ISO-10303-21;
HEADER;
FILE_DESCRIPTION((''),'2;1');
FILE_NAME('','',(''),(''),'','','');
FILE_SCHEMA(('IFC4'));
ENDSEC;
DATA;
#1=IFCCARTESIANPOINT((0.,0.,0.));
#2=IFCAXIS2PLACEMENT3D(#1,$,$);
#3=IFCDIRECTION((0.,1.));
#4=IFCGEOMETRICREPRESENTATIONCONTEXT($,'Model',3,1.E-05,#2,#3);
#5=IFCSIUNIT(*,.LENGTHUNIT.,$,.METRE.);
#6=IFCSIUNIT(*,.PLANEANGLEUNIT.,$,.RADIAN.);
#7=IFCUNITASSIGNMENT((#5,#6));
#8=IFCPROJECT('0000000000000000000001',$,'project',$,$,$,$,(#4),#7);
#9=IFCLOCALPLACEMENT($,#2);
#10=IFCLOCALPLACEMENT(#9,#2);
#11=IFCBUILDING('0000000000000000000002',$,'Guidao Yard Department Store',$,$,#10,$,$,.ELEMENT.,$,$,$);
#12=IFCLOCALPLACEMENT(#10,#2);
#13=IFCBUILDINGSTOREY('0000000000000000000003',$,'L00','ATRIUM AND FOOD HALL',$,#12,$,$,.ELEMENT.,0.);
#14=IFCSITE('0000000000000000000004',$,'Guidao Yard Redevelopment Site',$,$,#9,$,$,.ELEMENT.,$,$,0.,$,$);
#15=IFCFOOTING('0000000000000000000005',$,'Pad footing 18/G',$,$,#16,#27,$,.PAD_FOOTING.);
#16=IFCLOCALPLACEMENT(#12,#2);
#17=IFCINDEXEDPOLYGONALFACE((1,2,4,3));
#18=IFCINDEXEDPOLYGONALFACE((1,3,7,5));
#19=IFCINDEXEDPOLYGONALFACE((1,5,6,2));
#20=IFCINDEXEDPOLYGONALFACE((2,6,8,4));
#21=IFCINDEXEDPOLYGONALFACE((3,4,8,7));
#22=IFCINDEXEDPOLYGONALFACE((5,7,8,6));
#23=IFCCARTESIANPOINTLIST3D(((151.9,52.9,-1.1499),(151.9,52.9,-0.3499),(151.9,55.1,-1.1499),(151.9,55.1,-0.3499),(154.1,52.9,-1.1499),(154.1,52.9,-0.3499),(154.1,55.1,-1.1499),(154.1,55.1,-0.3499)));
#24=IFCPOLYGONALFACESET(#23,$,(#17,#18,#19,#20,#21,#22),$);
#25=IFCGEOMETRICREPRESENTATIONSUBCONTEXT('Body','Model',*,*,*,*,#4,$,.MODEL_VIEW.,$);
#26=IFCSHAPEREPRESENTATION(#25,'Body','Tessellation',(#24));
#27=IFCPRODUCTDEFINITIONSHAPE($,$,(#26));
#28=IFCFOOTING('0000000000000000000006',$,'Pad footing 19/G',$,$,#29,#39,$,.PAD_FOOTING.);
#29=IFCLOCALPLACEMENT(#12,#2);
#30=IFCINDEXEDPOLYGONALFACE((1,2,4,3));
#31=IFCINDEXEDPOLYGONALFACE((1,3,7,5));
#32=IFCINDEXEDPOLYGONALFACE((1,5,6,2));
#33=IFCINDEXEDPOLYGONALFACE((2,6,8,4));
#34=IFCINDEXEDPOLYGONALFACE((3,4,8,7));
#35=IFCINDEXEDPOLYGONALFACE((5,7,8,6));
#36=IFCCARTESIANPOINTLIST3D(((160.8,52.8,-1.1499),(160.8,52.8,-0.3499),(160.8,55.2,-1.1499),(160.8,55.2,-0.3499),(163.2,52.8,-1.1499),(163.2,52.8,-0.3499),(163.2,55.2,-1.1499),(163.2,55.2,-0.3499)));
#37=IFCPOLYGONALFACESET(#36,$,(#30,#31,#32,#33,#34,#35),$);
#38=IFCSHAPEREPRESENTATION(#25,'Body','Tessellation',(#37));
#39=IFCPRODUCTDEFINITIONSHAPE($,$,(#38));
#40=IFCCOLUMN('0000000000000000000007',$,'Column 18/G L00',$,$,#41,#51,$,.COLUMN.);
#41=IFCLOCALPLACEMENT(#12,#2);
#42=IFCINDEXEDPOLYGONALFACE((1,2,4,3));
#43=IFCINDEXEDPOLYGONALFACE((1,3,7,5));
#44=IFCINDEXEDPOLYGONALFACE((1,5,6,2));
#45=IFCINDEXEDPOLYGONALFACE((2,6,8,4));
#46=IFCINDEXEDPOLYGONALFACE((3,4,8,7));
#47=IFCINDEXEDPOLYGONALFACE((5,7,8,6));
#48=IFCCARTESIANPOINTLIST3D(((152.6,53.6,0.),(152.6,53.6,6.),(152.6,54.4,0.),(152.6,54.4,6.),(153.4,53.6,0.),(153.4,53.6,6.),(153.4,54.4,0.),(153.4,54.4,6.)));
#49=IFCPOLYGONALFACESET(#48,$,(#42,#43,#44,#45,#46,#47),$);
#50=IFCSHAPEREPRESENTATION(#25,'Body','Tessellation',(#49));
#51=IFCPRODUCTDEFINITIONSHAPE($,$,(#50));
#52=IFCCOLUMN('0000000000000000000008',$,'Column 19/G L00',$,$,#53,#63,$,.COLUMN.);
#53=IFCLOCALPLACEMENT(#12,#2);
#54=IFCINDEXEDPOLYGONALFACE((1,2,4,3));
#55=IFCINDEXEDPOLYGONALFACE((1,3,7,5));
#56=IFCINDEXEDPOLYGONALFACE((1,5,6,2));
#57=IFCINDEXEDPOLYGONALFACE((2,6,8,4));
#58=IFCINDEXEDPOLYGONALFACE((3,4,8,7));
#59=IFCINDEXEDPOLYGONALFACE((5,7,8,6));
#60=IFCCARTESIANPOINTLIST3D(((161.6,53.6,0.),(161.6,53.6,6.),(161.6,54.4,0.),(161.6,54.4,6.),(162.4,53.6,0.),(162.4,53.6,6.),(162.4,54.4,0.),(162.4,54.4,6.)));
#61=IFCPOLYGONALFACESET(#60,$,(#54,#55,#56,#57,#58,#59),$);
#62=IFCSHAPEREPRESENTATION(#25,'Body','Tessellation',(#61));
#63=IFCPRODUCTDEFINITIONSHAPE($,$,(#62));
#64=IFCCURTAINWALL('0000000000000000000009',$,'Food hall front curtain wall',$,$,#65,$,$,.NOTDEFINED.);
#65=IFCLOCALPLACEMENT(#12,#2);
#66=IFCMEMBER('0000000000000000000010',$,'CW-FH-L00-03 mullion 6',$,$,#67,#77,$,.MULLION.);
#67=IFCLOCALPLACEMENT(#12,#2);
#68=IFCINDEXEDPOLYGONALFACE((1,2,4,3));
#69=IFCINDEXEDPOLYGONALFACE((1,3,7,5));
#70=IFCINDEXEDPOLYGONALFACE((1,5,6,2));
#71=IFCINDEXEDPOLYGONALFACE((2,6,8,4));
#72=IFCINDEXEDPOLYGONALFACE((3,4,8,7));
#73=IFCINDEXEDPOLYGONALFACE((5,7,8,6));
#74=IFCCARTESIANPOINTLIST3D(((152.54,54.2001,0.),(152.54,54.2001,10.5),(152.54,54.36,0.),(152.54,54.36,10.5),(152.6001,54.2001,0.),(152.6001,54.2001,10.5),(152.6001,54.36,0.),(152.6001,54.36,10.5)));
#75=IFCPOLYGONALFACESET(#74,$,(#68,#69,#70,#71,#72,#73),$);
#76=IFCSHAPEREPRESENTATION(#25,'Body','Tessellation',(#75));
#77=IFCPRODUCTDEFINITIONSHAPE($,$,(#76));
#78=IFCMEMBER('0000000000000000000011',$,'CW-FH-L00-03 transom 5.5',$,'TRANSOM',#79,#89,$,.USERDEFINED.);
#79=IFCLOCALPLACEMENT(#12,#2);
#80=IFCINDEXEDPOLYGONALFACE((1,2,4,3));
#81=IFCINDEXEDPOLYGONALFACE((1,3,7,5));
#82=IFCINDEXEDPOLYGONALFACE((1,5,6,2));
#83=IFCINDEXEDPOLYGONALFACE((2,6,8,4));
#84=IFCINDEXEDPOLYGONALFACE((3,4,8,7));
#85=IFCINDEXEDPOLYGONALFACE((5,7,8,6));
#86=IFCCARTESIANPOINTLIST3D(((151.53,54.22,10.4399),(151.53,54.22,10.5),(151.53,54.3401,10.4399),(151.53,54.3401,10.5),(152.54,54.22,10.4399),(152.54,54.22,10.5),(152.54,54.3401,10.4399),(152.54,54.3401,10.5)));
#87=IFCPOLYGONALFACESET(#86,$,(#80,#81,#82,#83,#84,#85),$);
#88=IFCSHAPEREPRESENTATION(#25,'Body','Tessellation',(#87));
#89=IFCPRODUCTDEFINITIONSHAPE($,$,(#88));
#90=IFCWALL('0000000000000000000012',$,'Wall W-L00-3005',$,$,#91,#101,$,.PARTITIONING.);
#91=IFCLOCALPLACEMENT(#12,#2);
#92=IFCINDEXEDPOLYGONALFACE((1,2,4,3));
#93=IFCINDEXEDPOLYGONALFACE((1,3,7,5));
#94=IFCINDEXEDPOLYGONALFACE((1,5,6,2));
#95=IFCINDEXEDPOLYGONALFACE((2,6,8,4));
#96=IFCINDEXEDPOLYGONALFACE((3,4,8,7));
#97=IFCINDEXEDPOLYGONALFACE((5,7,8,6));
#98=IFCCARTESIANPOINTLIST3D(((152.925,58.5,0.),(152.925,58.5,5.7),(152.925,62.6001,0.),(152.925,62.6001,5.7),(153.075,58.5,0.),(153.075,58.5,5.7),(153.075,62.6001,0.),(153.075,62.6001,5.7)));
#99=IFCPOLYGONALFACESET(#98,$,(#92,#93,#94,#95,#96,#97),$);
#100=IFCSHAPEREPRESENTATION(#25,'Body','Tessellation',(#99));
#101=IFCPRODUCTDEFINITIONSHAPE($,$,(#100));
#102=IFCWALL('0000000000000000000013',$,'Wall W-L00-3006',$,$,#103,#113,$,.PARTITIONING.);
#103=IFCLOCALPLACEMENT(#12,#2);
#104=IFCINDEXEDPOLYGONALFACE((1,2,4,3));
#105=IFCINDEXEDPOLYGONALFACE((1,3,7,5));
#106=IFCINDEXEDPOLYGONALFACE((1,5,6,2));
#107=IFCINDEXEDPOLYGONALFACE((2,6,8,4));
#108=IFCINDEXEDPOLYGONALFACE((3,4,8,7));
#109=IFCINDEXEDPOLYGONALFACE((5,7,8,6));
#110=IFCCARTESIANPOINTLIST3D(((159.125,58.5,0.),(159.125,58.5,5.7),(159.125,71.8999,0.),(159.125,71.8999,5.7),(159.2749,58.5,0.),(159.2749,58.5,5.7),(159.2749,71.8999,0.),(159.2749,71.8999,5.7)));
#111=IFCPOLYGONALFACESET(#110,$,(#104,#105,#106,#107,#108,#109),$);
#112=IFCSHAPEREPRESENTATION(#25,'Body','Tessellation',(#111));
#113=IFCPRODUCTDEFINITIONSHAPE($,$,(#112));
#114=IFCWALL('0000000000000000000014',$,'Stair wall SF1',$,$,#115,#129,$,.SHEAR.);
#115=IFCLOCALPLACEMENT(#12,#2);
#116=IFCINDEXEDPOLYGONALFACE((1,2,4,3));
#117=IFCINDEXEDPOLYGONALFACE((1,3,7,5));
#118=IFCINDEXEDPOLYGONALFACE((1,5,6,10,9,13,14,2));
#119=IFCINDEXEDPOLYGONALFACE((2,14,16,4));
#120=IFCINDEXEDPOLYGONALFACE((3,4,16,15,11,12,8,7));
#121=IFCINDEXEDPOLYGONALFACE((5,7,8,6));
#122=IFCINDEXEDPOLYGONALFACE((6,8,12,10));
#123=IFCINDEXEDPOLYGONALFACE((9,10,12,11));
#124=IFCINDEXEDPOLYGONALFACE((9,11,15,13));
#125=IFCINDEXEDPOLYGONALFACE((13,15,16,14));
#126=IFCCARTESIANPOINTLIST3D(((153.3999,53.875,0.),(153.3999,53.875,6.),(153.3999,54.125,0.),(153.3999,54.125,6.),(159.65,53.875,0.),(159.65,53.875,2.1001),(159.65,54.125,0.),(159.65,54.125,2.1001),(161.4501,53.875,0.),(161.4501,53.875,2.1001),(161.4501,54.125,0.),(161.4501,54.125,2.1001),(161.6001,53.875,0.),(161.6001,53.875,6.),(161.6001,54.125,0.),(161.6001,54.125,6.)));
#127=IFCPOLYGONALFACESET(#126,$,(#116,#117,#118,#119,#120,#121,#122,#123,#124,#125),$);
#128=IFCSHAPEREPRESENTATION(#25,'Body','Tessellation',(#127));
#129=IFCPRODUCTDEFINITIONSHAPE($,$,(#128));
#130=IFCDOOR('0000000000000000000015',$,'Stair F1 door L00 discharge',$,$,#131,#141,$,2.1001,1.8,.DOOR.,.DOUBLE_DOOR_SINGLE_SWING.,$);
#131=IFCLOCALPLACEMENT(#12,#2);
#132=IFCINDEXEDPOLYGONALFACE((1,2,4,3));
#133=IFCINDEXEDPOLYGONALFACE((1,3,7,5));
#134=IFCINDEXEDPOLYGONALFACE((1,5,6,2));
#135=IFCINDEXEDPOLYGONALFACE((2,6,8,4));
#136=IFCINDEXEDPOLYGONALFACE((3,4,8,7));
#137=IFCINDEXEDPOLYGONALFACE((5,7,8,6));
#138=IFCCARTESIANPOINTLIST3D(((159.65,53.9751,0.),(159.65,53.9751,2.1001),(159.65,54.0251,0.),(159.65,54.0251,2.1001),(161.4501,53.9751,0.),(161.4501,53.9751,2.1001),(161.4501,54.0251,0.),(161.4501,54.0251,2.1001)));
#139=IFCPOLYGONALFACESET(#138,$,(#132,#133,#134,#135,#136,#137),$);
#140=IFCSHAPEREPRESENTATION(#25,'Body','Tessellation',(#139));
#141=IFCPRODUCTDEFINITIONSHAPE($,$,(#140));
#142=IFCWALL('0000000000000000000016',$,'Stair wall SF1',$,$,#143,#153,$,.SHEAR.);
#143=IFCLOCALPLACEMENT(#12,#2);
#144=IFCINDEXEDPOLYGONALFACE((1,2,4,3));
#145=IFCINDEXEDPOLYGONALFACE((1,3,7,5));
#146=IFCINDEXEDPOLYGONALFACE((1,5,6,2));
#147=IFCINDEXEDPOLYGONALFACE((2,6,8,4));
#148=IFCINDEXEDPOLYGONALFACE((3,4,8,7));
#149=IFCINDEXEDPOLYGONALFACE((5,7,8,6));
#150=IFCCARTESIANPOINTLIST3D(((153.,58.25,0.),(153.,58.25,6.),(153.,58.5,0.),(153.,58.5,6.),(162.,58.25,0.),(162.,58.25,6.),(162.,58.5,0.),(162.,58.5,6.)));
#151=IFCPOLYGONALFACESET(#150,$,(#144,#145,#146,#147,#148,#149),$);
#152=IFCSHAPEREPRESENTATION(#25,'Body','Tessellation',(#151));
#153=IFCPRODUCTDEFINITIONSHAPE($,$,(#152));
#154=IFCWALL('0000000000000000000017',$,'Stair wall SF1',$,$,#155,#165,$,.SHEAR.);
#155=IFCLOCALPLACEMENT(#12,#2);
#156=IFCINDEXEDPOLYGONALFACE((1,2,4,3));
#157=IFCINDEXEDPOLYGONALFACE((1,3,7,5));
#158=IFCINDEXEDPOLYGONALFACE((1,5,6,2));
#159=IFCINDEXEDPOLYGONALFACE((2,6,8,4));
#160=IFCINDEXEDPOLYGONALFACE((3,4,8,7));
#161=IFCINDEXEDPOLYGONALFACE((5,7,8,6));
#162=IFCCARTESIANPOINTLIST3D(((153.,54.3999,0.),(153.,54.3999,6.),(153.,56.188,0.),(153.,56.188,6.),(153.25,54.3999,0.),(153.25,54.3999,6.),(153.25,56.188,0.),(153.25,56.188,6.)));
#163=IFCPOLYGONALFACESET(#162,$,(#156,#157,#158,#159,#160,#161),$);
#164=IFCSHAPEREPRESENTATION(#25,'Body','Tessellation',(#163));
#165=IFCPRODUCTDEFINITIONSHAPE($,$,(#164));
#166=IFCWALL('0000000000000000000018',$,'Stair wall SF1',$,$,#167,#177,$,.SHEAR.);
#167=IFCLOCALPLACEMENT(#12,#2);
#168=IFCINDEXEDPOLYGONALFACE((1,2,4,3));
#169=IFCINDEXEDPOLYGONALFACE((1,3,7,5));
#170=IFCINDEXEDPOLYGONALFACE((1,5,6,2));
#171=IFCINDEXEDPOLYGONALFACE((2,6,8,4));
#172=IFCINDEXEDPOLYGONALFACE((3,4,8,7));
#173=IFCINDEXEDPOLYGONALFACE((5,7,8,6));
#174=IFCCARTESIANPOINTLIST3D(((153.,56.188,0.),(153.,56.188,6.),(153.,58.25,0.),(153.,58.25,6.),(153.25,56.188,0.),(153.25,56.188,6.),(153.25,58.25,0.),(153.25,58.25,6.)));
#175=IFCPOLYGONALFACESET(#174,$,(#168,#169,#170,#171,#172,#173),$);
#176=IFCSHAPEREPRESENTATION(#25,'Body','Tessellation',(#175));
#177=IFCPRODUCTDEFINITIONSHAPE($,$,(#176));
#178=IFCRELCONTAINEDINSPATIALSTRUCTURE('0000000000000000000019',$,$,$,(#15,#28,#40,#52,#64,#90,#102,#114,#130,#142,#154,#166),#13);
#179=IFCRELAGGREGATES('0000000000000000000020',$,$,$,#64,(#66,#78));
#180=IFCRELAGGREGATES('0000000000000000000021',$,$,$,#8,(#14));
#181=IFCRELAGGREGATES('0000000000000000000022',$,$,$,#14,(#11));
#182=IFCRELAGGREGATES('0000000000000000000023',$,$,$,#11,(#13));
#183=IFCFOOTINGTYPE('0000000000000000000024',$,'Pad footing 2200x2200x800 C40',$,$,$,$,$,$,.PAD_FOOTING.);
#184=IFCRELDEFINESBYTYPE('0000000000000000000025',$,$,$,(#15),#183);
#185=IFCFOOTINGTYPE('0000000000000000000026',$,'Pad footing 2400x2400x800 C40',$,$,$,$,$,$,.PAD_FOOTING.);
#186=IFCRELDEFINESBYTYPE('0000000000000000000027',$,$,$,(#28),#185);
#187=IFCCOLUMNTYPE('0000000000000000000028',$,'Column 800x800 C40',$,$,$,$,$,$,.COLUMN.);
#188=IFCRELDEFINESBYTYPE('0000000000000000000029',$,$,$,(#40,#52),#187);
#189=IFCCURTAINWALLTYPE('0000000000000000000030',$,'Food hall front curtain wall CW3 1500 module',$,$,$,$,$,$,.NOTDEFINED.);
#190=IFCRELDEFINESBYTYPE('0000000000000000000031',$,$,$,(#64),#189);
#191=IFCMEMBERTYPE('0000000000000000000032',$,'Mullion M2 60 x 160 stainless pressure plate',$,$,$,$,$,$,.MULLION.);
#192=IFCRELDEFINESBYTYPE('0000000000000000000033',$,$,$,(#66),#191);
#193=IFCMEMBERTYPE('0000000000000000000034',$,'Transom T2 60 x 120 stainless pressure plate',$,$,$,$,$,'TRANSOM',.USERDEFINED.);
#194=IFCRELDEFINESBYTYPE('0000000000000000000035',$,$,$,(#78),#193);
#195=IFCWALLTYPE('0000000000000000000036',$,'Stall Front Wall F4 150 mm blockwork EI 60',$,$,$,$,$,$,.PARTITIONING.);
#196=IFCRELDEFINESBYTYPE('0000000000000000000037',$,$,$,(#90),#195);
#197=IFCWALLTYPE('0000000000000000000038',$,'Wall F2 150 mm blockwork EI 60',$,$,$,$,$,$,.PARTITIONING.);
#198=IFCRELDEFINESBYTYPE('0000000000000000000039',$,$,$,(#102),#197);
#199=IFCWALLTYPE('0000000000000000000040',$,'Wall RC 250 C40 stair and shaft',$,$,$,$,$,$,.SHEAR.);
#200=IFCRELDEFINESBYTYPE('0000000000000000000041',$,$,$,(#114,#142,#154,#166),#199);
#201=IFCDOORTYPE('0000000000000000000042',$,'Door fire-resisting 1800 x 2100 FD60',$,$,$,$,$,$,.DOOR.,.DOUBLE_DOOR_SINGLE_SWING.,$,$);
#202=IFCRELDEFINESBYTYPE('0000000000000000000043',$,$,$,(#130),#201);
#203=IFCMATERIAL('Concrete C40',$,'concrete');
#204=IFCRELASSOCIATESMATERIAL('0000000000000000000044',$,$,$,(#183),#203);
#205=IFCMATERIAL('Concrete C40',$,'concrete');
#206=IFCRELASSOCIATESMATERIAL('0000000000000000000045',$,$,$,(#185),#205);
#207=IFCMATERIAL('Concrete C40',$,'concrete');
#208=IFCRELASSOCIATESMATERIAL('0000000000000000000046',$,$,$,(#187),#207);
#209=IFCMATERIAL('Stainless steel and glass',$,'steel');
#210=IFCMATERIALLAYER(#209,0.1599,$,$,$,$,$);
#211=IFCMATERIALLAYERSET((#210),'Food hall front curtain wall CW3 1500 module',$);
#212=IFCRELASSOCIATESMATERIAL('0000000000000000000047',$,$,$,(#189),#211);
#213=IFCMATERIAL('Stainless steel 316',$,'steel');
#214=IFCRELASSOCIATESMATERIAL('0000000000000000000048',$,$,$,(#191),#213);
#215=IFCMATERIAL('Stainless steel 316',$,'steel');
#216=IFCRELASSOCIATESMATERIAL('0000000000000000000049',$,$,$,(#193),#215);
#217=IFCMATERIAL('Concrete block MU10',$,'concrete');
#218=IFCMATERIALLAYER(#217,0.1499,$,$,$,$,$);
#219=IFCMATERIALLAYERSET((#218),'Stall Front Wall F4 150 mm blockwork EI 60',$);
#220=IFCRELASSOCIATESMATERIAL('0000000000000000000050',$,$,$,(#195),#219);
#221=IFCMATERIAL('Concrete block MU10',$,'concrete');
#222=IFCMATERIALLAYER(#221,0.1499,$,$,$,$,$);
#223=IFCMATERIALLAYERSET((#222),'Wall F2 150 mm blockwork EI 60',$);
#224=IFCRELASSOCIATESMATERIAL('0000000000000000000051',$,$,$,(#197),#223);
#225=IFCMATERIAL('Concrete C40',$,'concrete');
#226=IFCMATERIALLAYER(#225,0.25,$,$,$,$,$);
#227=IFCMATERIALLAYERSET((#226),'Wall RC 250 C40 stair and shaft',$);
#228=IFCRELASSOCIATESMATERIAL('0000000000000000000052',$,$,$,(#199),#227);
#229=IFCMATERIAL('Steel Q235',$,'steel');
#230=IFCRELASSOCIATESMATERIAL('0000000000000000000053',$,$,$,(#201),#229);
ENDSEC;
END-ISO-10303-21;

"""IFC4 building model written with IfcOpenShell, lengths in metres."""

from ifc_helpers import new_model, si_unit, direction, frame, frame_2d, origin, origin_2d, place, context, subcontext, project, spatial, rectangle, extrude, material, layer, layer_set, material_profile, profile_set, type_object, element, fill, aggregate, save


model = new_model("IFC4")

# Units and contexts
model_context = context("Model", 3, precision=1e-05, world=origin(), true_north=direction((0.0, 1.0)))
body_context = subcontext(model_context, "Body", "Model", "MODEL_VIEW")
ifc_project = project(units=[si_unit("LENGTHUNIT", "METRE"), si_unit("PLANEANGLEUNIT", "RADIAN")], contexts=[model_context])

# Site, building, storey
site_placement = place(None, origin())
site = spatial("IfcSite", under=ifc_project, at=site_placement, Name="Guidao Yard Redevelopment Site", CompositionType="ELEMENT", RefElevation=0.0)
building_placement = place(site_placement, origin())
building = spatial("IfcBuilding", under=site, at=building_placement, Name="Guidao Yard Department Store", CompositionType="ELEMENT")
storey_placement = place(building_placement, origin())
storey = spatial("IfcBuildingStorey", under=building, at=storey_placement, Name="L00", Description="ATRIUM AND FOOD HALL", CompositionType="ELEMENT", Elevation=0.0)

# Footings
ifc_material_1 = material(Name="Concrete C40", Category="concrete")
footing_type_1 = type_object("IfcFootingType", Name="Pad footing 2200x2200x800 C40", PredefinedType="PAD_FOOTING", material=ifc_material_1)
footing_1_placement = place(storey_placement, frame((153.0, 54.0, -1.1499), z_axis=(0.0, 0.0, 1.0), x_axis=(1.0, 0.0, 0.0)))
element("IfcFooting", 1, at=footing_1_placement, inside=storey, type_object=footing_type_1, Name="Pad footing 18/G", PredefinedType="PAD_FOOTING", context=body_context, shape_type="SweptSolid", body=[
    extrude(rectangle(XDim=2.2, YDim=2.2, at=origin_2d()), origin(), (0.0, 0.0, 1.0), 0.8),
])
ifc_material_2 = material(Name="Concrete C40", Category="concrete")
footing_type_2 = type_object("IfcFootingType", Name="Pad footing 2400x2400x800 C40", PredefinedType="PAD_FOOTING", material=ifc_material_2)
footing_2_placement = place(storey_placement, frame((162.0, 54.0, -1.1499), z_axis=(0.0, 0.0, 1.0), x_axis=(1.0, 0.0, 0.0)))
element("IfcFooting", 2, at=footing_2_placement, inside=storey, type_object=footing_type_2, Name="Pad footing 19/G", PredefinedType="PAD_FOOTING", context=body_context, shape_type="SweptSolid", body=[
    extrude(rectangle(XDim=2.3999, YDim=2.3999, at=origin_2d()), origin(), (0.0, 0.0, 1.0), 0.8),
])

# Columns
ifc_material_3 = material(Name="Concrete C40", Category="concrete")
ifc_material_profile_1 = material_profile(ifc_material_3, rectangle(XDim=0.8, YDim=0.8, at=origin_2d()), Name="COL 800x800")
ifc_profile_set_1 = profile_set([ifc_material_profile_1], Name="Concrete C40")
column_type = type_object("IfcColumnType", Name="Column 800x800 C40", PredefinedType="COLUMN", material=ifc_profile_set_1)
for number, where, z_axis, x_axis, name in (
    (3, (153.0, 54.0, 0.0), (0.0, 0.0, 1.0), (1.0, 0.0, 0.0), "Column 18/G L00"),
    (4, (162.0, 54.0, 0.0), (0.0, 0.0, 1.0), (1.0, 0.0, 0.0), "Column 19/G L00"),
):
    element("IfcColumn", number, at=place(storey_placement, frame(where, z_axis=z_axis, x_axis=x_axis)), inside=storey, type_object=column_type, Name=name, PredefinedType="COLUMN", context=body_context, shape_type="SweptSolid", body=[
        extrude(rectangle(XDim=0.8, YDim=0.8, at=origin_2d()), origin(), (0.0, 0.0, 1.0), 6.0),
    ])

# Curtain wall, members
ifc_material_4 = material(Name="Stainless steel and glass", Category="steel")
ifc_layer_1 = layer(ifc_material_4, 0.1599)
ifc_layer_set_1 = layer_set([ifc_layer_1], Name="Food hall front curtain wall CW3 1500 module")
curtain_wall_type = type_object("IfcCurtainWallType", Name="Food hall front curtain wall CW3 1500 module", PredefinedType="NOTDEFINED", material=ifc_layer_set_1)
curtain_wall_placement = place(storey_placement, origin())
curtain_wall = element("IfcCurtainWall", 5, at=curtain_wall_placement, inside=storey, type_object=curtain_wall_type, Name="Food hall front curtain wall", PredefinedType="NOTDEFINED")
ifc_material_5 = material(Name="Stainless steel 316", Category="steel")
ifc_material_profile_2 = material_profile(ifc_material_5, rectangle(XDim=0.0601, YDim=0.1599, at=origin_2d()), Name="Mullion M2 60 x 160 stainless pressure plate")
ifc_profile_set_2 = profile_set([ifc_material_profile_2], Name="Stainless steel 316")
member_type_1 = type_object("IfcMemberType", Name="Mullion M2 60 x 160 stainless pressure plate", PredefinedType="MULLION", material=ifc_profile_set_2)
member_1_placement = place(storey_placement, frame((152.5701, 54.28, 0.0), z_axis=(0.0, 0.0, 1.0), x_axis=(-1.0, 0.0, 0.0)))
member_1 = element("IfcMember", 6, at=member_1_placement, type_object=member_type_1, Name="CW-FH-L00-03 mullion 6", PredefinedType="MULLION", context=body_context, shape_type="SweptSolid", body=[
    extrude(rectangle(XDim=0.0601, YDim=0.1599, at=origin_2d()), origin(), (0.0, 0.0, 1.0), 10.5),
])
ifc_material_6 = material(Name="Stainless steel 316", Category="steel")
ifc_material_profile_3 = material_profile(ifc_material_6, rectangle(XDim=0.1201, YDim=0.0601, at=origin_2d()), Name="Transom T2 60 x 120 stainless pressure plate")
ifc_profile_set_3 = profile_set([ifc_material_profile_3], Name="Stainless steel 316")
member_type_2 = type_object("IfcMemberType", Name="Transom T2 60 x 120 stainless pressure plate", ElementType="TRANSOM", PredefinedType="USERDEFINED", material=ifc_profile_set_3)
member_2_placement = place(storey_placement, frame((152.54, 54.28, 10.47), z_axis=(-1.0, 0.0, 0.0), x_axis=(0.0, -1.0, 0.0)))
member_2 = element("IfcMember", 7, at=member_2_placement, type_object=member_type_2, Name="CW-FH-L00-03 transom 5.5", ObjectType="TRANSOM", PredefinedType="USERDEFINED", context=body_context, shape_type="SweptSolid", body=[
    extrude(rectangle(XDim=0.1201, YDim=0.0601, at=origin_2d()), origin(), (0.0, 0.0, 1.0), 1.01),
])
aggregate(curtain_wall, [member_1, member_2])

# Walls
ifc_material_7 = material(Name="Concrete block MU10", Category="concrete")
ifc_layer_2 = layer(ifc_material_7, 0.1499)
ifc_layer_set_2 = layer_set([ifc_layer_2], Name="Stall Front Wall F4 150 mm blockwork EI 60")
wall_type_1 = type_object("IfcWallType", Name="Stall Front Wall F4 150 mm blockwork EI 60", PredefinedType="PARTITIONING", material=ifc_layer_set_2)
wall_1_placement = place(storey_placement, frame((153.0, 58.5, 0.0), z_axis=(0.0, 0.0, 1.0), x_axis=(0.0, 1.0, 0.0)))
element("IfcWall", 8, at=wall_1_placement, inside=storey, type_object=wall_type_1, Name="Wall W-L00-3005", PredefinedType="PARTITIONING", context=body_context, shape_type="SweptSolid", body=[
    extrude(rectangle(XDim=4.1001, YDim=0.1499, at=frame_2d((2.05, 0.0))), origin(), (0.0, 0.0, 1.0), 5.7),
])
ifc_material_8 = material(Name="Concrete block MU10", Category="concrete")
ifc_layer_3 = layer(ifc_material_8, 0.1499)
ifc_layer_set_3 = layer_set([ifc_layer_3], Name="Wall F2 150 mm blockwork EI 60")
wall_type_2 = type_object("IfcWallType", Name="Wall F2 150 mm blockwork EI 60", PredefinedType="PARTITIONING", material=ifc_layer_set_3)
wall_2_placement = place(storey_placement, frame((159.2, 58.5, 0.0), z_axis=(0.0, 0.0, 1.0), x_axis=(0.0, 1.0, 0.0)))
element("IfcWall", 9, at=wall_2_placement, inside=storey, type_object=wall_type_2, Name="Wall W-L00-3006", PredefinedType="PARTITIONING", context=body_context, shape_type="SweptSolid", body=[
    extrude(rectangle(XDim=13.3999, YDim=0.1499, at=frame_2d((6.7, 0.0))), origin(), (0.0, 0.0, 1.0), 5.7),
])

# Wall, opening, door
ifc_material_9 = material(Name="Concrete C40", Category="concrete")
ifc_layer_4 = layer(ifc_material_9, 0.25)
ifc_layer_set_4 = layer_set([ifc_layer_4], Name="Wall RC 250 C40 stair and shaft")
wall_type_3 = type_object("IfcWallType", Name="Wall RC 250 C40 stair and shaft", PredefinedType="SHEAR", material=ifc_layer_set_4)
wall_3_placement = place(storey_placement, frame((153.3999, 54.0, 0.0), z_axis=(0.0, 0.0, 1.0), x_axis=(1.0, 0.0, 0.0)))
wall_3 = element("IfcWall", 10, at=wall_3_placement, inside=storey, type_object=wall_type_3, Name="Stair wall SF1", PredefinedType="SHEAR", context=body_context, shape_type="SweptSolid", body=[
    extrude(rectangle(XDim=8.2002, YDim=0.25, at=frame_2d((4.1001, 0.0))), origin(), (0.0, 0.0, 1.0), 6.0),
])
opening_1_placement = place(wall_3_placement, frame((8.05, 0.0, 0.0), z_axis=(0.0, 0.0, 1.0), x_axis=(-1.0, 0.0, 0.0)))
opening_1 = element("IfcOpeningElement", 11, at=opening_1_placement, cuts=wall_3, PredefinedType="OPENING", context=body_context, shape_type="SweptSolid", body=[
    extrude(rectangle(XDim=1.8, YDim=2.1001, at=frame_2d((0.8999, 1.05))), frame((0.0, 0.135, 0.0), z_axis=(0.0, -1.0, 0.0), x_axis=(1.0, 0.0, 0.0)), (0.0, 0.0, 1.0), 0.27),
])
ifc_material_10 = material(Name="Steel Q235", Category="steel")
door_type = type_object("IfcDoorType", Name="Door fire-resisting 1800 x 2100 FD60", OperationType="DOUBLE_DOOR_SINGLE_SWING", PredefinedType="DOOR", material=ifc_material_10)
door_1_placement = place(opening_1_placement, origin())
door_1 = element("IfcDoor", 12, at=door_1_placement, inside=storey, type_object=door_type, Name="Stair F1 door L00 discharge", OperationType="DOUBLE_DOOR_SINGLE_SWING", OverallHeight=2.1001, OverallWidth=1.8, PredefinedType="DOOR", context=body_context, shape_type="SweptSolid", body=[
    extrude(rectangle(XDim=1.8, YDim=2.1001, at=frame_2d((0.8999, 1.05))), frame((0.0, 0.0249, 0.0), z_axis=(0.0, -1.0, 0.0), x_axis=(1.0, 0.0, 0.0)), (0.0, 0.0, 1.0), 0.05),
])
fill(opening_1, door_1)

# Walls
wall_4_placement = place(storey_placement, frame((153.0, 58.375, 0.0), z_axis=(0.0, 0.0, 1.0), x_axis=(1.0, 0.0, 0.0)))
element("IfcWall", 13, at=wall_4_placement, inside=storey, type_object=wall_type_3, Name="Stair wall SF1", PredefinedType="SHEAR", context=body_context, shape_type="SweptSolid", body=[
    extrude(rectangle(XDim=9.0, YDim=0.25, at=frame_2d((4.5, 0.0))), origin(), (0.0, 0.0, 1.0), 6.0),
])
wall_5_placement = place(storey_placement, frame((153.125, 54.3999, 0.0), z_axis=(0.0, 0.0, 1.0), x_axis=(0.0, 1.0, 0.0)))
element("IfcWall", 14, at=wall_5_placement, inside=storey, type_object=wall_type_3, Name="Stair wall SF1", PredefinedType="SHEAR", context=body_context, shape_type="SweptSolid", body=[
    extrude(rectangle(XDim=1.7881, YDim=0.25, at=frame_2d((0.894, 0.0))), origin(), (0.0, 0.0, 1.0), 6.0),
])
wall_6_placement = place(storey_placement, frame((153.125, 56.188, 0.0), z_axis=(0.0, 0.0, 1.0), x_axis=(0.0, 1.0, 0.0)))
element("IfcWall", 15, at=wall_6_placement, inside=storey, type_object=wall_type_3, Name="Stair wall SF1", PredefinedType="SHEAR", context=body_context, shape_type="SweptSolid", body=[
    extrude(rectangle(XDim=2.062, YDim=0.25, at=frame_2d((1.031, 0.0))), origin(), (0.0, 0.0, 1.0), 6.0),
])

save(model, "model.ifc")
